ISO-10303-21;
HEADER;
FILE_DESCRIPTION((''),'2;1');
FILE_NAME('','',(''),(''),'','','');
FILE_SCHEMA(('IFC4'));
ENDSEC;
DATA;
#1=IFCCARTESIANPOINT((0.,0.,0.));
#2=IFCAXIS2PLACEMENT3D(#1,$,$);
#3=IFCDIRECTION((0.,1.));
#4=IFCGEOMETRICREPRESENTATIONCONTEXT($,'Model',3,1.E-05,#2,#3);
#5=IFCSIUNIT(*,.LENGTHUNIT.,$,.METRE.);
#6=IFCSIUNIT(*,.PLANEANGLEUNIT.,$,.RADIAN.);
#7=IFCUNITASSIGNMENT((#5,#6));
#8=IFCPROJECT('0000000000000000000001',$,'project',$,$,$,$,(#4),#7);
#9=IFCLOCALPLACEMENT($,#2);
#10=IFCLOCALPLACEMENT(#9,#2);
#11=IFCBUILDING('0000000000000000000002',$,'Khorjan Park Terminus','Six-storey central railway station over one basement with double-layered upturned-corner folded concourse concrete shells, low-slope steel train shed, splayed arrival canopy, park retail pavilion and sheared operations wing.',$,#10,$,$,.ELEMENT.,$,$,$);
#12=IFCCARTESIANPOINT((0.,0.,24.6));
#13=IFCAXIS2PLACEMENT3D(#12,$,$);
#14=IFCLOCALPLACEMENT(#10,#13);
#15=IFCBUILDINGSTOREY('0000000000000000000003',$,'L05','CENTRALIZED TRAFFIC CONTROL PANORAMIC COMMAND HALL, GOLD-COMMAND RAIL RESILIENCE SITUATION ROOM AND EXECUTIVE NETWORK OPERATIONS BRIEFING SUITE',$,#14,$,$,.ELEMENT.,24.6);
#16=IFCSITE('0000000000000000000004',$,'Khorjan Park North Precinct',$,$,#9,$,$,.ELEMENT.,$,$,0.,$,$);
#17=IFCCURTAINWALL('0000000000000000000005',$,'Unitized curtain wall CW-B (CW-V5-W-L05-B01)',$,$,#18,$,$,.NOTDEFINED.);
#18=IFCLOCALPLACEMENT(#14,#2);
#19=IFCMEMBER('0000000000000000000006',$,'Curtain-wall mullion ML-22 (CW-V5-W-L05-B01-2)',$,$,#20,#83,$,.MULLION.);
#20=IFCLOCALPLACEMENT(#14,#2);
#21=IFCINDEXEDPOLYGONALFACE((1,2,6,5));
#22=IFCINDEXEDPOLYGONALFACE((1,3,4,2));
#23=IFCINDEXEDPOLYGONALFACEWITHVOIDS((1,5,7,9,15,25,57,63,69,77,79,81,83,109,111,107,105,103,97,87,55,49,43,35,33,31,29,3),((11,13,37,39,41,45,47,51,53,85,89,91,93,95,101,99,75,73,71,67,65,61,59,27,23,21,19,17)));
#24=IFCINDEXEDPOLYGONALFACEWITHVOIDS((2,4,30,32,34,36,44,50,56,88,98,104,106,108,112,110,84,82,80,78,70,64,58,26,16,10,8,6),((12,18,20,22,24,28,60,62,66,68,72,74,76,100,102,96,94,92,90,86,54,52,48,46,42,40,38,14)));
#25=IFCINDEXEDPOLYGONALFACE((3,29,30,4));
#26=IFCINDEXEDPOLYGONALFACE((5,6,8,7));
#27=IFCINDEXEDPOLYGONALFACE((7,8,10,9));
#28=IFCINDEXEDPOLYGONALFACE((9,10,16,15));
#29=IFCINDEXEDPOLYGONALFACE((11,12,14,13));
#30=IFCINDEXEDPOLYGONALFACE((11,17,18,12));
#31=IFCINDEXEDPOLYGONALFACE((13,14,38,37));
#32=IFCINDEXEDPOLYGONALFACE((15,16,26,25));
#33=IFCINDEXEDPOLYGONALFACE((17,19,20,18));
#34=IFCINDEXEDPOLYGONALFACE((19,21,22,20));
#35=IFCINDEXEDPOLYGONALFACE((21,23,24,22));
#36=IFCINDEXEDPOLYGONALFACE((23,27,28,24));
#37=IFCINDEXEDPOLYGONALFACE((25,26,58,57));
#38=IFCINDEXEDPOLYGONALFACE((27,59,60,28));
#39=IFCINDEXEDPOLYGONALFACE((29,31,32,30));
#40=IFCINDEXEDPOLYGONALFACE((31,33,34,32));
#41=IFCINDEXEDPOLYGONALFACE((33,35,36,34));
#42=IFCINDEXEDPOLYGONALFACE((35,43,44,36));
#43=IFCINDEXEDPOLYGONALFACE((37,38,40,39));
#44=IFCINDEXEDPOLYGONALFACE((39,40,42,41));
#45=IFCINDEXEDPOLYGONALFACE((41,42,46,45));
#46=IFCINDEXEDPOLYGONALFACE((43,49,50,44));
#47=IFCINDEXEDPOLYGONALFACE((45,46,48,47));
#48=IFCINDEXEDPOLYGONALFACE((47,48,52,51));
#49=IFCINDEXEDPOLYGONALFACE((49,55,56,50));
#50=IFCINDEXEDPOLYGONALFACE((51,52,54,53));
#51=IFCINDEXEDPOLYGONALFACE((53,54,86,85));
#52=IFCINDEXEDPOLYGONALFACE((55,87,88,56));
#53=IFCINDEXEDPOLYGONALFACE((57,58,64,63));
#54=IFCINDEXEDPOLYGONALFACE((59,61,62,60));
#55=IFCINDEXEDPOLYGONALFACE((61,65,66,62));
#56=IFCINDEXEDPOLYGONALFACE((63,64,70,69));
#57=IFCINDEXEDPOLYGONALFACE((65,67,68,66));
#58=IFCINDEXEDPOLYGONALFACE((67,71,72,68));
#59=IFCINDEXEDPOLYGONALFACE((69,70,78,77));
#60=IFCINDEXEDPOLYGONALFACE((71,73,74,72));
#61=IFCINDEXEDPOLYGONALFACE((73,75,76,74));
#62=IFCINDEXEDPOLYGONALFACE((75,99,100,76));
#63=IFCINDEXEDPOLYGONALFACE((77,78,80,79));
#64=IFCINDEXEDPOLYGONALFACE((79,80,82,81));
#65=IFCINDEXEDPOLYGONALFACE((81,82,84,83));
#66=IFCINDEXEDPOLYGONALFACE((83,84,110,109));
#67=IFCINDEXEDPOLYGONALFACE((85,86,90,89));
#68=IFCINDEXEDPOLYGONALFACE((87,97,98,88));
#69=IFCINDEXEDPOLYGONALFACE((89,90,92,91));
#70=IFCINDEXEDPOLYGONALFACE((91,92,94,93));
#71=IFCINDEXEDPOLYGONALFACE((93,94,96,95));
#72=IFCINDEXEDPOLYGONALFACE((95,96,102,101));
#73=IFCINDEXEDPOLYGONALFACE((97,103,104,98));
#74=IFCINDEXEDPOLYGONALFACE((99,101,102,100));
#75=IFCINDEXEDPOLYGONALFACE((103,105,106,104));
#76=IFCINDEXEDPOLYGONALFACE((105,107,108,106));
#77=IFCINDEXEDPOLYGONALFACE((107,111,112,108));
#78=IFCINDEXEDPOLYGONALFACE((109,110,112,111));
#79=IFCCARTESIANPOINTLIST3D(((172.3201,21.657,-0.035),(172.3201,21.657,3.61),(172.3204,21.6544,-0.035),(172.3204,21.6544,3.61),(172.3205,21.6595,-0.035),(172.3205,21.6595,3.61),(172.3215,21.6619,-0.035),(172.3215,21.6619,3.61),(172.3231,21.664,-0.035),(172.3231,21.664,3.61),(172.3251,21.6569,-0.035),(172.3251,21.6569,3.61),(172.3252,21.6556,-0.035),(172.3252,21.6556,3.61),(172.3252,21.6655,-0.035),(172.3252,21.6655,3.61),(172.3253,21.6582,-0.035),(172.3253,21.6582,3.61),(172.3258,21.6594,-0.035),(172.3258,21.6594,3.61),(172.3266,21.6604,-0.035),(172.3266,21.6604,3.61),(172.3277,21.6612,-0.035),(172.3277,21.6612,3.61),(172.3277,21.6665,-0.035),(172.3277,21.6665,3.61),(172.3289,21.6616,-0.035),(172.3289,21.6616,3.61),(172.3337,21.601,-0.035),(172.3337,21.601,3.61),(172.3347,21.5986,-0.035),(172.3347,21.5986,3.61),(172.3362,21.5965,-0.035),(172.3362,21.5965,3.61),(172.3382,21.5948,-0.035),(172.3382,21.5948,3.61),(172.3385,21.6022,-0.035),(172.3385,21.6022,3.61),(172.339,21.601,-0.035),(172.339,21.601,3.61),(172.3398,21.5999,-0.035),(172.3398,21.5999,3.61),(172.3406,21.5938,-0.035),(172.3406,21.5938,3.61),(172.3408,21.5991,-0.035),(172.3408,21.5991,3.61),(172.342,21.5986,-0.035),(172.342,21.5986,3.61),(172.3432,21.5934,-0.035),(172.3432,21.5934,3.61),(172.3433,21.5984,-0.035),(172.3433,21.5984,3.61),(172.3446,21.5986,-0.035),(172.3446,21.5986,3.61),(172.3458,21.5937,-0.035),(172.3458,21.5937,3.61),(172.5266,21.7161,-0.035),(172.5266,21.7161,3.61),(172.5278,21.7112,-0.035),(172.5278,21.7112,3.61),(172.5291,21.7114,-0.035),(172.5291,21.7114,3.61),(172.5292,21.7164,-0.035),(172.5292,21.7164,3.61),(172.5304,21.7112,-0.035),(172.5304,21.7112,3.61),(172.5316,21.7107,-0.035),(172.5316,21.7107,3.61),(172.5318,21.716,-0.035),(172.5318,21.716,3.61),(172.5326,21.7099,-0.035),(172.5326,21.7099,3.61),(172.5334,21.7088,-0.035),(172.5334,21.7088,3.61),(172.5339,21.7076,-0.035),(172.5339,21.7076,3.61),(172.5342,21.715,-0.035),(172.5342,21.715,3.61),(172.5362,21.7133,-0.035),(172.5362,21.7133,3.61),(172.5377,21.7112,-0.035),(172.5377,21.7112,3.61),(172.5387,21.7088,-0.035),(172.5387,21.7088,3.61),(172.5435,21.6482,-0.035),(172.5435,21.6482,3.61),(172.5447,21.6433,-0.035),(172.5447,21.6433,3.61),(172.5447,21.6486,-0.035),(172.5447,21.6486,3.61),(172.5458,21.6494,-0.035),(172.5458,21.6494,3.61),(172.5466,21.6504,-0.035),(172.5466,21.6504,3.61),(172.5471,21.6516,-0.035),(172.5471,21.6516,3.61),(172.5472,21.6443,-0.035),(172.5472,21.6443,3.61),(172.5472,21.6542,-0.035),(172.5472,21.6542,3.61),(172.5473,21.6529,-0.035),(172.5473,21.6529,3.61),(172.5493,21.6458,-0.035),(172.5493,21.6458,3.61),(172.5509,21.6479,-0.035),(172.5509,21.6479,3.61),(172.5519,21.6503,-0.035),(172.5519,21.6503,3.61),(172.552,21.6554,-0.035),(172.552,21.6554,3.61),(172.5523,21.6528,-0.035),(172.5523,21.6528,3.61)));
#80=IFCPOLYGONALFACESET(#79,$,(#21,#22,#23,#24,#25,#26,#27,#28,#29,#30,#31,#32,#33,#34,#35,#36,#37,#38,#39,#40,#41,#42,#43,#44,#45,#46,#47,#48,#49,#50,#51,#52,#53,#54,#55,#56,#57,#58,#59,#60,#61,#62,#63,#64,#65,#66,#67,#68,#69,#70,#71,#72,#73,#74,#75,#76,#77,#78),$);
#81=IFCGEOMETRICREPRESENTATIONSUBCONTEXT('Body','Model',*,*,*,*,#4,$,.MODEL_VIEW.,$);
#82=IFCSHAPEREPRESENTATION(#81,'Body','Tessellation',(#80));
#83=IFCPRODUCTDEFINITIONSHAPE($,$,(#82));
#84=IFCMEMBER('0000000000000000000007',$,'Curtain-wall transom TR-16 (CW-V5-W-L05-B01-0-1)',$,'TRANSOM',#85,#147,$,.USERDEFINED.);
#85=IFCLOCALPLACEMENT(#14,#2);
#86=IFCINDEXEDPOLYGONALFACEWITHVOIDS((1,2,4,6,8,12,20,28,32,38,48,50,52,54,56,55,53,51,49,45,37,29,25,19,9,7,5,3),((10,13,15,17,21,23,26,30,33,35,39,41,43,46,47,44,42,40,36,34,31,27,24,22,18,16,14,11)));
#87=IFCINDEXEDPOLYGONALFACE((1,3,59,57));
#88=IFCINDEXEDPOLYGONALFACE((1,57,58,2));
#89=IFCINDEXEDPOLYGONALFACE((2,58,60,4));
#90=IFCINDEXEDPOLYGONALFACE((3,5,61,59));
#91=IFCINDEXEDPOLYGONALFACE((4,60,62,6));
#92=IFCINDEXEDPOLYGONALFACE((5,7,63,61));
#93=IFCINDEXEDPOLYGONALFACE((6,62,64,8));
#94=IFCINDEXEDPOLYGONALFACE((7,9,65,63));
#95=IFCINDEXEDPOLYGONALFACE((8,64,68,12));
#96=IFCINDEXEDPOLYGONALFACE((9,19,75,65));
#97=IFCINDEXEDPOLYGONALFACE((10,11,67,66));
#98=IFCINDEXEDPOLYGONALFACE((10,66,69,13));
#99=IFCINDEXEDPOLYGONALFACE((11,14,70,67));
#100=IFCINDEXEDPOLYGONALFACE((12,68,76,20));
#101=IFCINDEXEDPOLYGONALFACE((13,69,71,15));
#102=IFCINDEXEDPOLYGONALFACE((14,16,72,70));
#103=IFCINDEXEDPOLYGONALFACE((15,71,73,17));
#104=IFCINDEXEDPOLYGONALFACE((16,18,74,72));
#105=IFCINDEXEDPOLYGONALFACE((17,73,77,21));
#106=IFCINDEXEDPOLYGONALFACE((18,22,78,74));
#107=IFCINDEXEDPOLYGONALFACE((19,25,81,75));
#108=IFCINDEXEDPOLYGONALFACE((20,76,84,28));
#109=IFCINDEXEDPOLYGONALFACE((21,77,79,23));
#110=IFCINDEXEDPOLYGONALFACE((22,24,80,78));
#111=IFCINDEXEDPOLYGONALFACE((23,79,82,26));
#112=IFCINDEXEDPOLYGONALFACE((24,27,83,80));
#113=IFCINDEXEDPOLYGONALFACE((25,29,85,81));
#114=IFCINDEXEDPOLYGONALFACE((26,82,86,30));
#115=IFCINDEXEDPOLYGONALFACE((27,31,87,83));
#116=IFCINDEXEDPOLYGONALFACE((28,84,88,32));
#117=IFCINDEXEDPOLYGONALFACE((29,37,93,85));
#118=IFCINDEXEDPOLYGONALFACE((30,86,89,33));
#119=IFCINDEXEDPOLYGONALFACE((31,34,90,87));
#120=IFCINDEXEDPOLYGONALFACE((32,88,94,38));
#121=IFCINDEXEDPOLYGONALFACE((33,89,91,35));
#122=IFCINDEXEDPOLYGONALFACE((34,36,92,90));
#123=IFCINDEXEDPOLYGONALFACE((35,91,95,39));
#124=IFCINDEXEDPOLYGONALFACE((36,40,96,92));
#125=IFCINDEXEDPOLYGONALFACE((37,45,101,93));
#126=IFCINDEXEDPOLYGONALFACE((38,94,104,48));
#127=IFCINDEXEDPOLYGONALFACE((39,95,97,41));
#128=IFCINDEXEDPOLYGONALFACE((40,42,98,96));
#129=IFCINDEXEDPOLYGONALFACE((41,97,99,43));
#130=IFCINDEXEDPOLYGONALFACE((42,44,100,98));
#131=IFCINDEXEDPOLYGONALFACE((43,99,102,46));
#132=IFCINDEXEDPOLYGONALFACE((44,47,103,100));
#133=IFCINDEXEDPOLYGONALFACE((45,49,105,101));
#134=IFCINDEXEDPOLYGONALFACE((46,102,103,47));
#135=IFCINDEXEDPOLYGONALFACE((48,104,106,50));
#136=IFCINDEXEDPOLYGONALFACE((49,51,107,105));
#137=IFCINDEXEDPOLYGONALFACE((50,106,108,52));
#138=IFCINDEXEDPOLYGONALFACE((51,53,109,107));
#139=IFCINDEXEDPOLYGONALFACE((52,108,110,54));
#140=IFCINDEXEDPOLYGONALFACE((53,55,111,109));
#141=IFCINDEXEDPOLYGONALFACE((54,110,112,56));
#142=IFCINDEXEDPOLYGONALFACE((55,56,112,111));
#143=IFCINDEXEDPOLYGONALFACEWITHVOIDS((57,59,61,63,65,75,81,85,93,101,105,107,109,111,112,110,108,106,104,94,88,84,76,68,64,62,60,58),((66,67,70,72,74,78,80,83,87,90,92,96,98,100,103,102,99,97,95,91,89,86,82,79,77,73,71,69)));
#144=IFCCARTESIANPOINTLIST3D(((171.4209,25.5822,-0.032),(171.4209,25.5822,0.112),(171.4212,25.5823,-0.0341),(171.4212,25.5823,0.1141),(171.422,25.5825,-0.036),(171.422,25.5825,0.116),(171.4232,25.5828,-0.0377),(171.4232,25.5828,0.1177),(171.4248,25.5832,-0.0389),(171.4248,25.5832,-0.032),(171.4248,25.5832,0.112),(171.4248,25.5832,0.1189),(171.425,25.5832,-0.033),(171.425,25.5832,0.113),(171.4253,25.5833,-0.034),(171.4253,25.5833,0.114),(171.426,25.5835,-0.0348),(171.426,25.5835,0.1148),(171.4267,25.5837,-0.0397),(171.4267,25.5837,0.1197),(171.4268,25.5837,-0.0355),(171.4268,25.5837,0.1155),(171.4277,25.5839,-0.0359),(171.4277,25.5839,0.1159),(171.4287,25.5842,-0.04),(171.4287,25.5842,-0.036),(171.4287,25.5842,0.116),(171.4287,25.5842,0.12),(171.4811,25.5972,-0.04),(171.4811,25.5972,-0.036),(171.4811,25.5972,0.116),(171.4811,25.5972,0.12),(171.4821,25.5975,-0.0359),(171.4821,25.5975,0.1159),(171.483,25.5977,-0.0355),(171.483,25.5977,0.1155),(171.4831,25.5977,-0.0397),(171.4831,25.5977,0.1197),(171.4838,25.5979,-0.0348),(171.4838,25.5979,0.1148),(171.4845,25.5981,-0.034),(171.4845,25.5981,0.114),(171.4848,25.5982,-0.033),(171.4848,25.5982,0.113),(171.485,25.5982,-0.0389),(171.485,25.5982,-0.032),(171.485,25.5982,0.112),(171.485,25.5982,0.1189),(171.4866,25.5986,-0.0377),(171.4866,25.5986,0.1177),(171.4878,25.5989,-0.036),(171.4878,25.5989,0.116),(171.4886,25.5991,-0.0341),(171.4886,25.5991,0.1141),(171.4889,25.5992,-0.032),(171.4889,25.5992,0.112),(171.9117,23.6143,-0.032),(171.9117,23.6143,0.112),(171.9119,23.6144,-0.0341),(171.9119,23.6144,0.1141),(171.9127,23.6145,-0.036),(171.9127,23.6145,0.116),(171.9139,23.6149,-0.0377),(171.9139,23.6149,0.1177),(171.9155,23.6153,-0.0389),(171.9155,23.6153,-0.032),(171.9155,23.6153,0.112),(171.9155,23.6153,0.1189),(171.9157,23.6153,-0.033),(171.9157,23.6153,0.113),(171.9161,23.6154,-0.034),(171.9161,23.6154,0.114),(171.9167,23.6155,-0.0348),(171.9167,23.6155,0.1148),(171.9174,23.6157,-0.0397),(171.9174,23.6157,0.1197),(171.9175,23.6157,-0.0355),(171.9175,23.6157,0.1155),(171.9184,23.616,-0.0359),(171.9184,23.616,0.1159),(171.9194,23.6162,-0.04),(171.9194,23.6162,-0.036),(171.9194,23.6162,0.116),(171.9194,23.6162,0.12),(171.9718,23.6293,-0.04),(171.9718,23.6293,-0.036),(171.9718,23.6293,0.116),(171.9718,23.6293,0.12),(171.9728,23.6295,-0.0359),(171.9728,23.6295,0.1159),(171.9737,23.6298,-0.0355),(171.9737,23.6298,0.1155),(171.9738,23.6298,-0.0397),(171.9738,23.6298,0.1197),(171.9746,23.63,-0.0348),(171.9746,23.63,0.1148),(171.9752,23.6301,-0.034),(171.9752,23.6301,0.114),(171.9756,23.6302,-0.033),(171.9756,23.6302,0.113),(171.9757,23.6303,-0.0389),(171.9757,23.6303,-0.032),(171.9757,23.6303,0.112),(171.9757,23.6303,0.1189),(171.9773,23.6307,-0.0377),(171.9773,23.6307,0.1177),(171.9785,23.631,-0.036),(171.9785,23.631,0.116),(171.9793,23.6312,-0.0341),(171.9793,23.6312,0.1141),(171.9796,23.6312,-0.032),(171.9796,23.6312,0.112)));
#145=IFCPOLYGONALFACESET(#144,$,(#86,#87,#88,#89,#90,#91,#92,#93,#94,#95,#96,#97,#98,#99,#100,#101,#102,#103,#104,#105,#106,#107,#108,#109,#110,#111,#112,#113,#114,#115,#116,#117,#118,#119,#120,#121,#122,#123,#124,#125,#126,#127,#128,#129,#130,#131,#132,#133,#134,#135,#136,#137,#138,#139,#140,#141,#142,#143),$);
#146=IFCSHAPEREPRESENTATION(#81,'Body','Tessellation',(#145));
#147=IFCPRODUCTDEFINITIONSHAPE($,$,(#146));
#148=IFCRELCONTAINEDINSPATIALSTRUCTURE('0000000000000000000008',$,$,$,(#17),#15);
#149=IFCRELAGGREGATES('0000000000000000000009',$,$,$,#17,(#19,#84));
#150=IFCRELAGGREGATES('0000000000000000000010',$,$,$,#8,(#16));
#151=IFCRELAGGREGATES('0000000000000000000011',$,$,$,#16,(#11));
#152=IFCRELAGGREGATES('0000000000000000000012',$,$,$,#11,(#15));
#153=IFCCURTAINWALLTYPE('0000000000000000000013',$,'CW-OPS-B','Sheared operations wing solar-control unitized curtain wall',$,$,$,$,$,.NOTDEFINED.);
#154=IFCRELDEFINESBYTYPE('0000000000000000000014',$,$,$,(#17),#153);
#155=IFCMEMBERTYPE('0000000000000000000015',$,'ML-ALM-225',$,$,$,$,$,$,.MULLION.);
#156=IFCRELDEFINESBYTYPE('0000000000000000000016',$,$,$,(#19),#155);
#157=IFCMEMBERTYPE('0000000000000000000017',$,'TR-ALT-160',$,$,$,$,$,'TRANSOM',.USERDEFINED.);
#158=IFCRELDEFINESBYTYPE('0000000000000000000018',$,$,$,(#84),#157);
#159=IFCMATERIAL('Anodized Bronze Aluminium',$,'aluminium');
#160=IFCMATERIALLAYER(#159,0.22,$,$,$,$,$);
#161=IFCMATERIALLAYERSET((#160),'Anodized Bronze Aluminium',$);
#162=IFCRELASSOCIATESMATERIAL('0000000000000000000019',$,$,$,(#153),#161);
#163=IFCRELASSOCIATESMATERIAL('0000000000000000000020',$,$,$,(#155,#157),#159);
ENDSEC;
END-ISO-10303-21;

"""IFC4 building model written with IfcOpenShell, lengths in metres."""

from ifc_helpers import new_model, si_unit, direction, frame, origin, origin_2d, place, context, subcontext, project, spatial, hollow_rectangle, extrude, material, layer, layer_set, material_profile, profile_set, type_object, element, aggregate, save


model = new_model("IFC4")

# Units and contexts
model_context = context("Model", 3, precision=1e-05, world=origin(), true_north=direction((0.0, 1.0)))
body_context = subcontext(model_context, "Body", "Model", "MODEL_VIEW")
ifc_project = project(units=[si_unit("LENGTHUNIT", "METRE"), si_unit("PLANEANGLEUNIT", "RADIAN")], contexts=[model_context])

# Site, building, storey
site_placement = place(None, origin())
site = spatial("IfcSite", under=ifc_project, at=site_placement, Name="Khorjan Park North Precinct", CompositionType="ELEMENT", RefElevation=0.0)
building_placement = place(site_placement, origin())
building = spatial("IfcBuilding", under=site, at=building_placement, Name="Khorjan Park Terminus", Description="Six-storey central railway station over one basement with double-layered upturned-corner folded concourse concrete shells, low-slope steel train shed, splayed arrival canopy, park retail pavilion and sheared operations wing.", CompositionType="ELEMENT")
storey_placement = place(building_placement, frame((0.0, 0.0, 24.6)))
storey = spatial("IfcBuildingStorey", under=building, at=storey_placement, Name="L05", Description="CENTRALIZED TRAFFIC CONTROL PANORAMIC COMMAND HALL, GOLD-COMMAND RAIL RESILIENCE SITUATION ROOM AND EXECUTIVE NETWORK OPERATIONS BRIEFING SUITE", CompositionType="ELEMENT", Elevation=24.6)

# Shared definitions
ifc_material_1 = material(Name="Anodized Bronze Aluminium", Category="aluminium")
ifc_layer_1 = layer(ifc_material_1, 0.22)
ifc_layer_set_1 = layer_set([ifc_layer_1], Name="Anodized Bronze Aluminium")
curtain_wall_type = type_object("IfcCurtainWallType", Name="CW-OPS-B", Description="Sheared operations wing solar-control unitized curtain wall", PredefinedType="NOTDEFINED", material=ifc_layer_set_1)
ifc_material_profile_1 = material_profile(ifc_material_1, hollow_rectangle(XDim=0.075, YDim=0.225, WallThickness=0.005, InnerFilletRadius=0.005, OuterFilletRadius=0.01, at=origin_2d()), Name="ALM 75x225x5")
ifc_profile_set_1 = profile_set([ifc_material_profile_1], Name="Anodized Bronze Aluminium")
member_type_1 = type_object("IfcMemberType", Name="ML-ALM-225", PredefinedType="MULLION", material=ifc_profile_set_1)

# Curtain wall, members
curtain_wall_1_placement = place(storey_placement, origin())
curtain_wall_1 = element("IfcCurtainWall", 1, at=curtain_wall_1_placement, inside=storey, type_object=curtain_wall_type, Name="Unitized curtain wall CW-B (CW-V5-W-L05-B01)", PredefinedType="NOTDEFINED")
member_1_placement = place(storey_placement, frame((172.4362, 21.6549, -0.035), z_axis=(0.0, 0.0, 1.0), x_axis=(0.241928, -0.970294, 0.0)))
member_1 = element("IfcMember", 2, at=member_1_placement, type_object=member_type_1, Name="Curtain-wall mullion ML-22 (CW-V5-W-L05-B01-2)", PredefinedType="MULLION", context=body_context, shape_type="SweptSolid", body=[
    extrude(hollow_rectangle(XDim=0.075, YDim=0.225, WallThickness=0.005, InnerFilletRadius=0.005, OuterFilletRadius=0.01, at=origin_2d()), origin(), (0.0, 0.0, 1.0), 3.645),
])
ifc_material_profile_2 = material_profile(ifc_material_1, hollow_rectangle(XDim=0.07, YDim=0.16, WallThickness=0.004, InnerFilletRadius=0.004, OuterFilletRadius=0.008, at=origin_2d()), Name="ALT 70x160x4")
ifc_profile_set_2 = profile_set([ifc_material_profile_2], Name="Anodized Bronze Aluminium")
member_type_2 = type_object("IfcMemberType", Name="TR-ALT-160", ElementType="TRANSOM", PredefinedType="USERDEFINED", material=ifc_profile_set_2)
member_2_placement = place(storey_placement, frame((171.4549, 25.5907, 0.04), z_axis=(0.241944, -0.97029, 0.0), x_axis=(0.97029, 0.241944, 0.0)))
member_2 = element("IfcMember", 3, at=member_2_placement, type_object=member_type_2, Name="Curtain-wall transom TR-16 (CW-V5-W-L05-B01-0-1)", ObjectType="TRANSOM", PredefinedType="USERDEFINED", context=body_context, shape_type="SweptSolid", body=[
    extrude(hollow_rectangle(XDim=0.07, YDim=0.16, WallThickness=0.004, InnerFilletRadius=0.004, OuterFilletRadius=0.008, at=origin_2d()), origin(), (0.0, 0.0, 1.0), 2.0282),
])

aggregate(curtain_wall_1, [member_1, member_2])

save(model, "model.ifc")
